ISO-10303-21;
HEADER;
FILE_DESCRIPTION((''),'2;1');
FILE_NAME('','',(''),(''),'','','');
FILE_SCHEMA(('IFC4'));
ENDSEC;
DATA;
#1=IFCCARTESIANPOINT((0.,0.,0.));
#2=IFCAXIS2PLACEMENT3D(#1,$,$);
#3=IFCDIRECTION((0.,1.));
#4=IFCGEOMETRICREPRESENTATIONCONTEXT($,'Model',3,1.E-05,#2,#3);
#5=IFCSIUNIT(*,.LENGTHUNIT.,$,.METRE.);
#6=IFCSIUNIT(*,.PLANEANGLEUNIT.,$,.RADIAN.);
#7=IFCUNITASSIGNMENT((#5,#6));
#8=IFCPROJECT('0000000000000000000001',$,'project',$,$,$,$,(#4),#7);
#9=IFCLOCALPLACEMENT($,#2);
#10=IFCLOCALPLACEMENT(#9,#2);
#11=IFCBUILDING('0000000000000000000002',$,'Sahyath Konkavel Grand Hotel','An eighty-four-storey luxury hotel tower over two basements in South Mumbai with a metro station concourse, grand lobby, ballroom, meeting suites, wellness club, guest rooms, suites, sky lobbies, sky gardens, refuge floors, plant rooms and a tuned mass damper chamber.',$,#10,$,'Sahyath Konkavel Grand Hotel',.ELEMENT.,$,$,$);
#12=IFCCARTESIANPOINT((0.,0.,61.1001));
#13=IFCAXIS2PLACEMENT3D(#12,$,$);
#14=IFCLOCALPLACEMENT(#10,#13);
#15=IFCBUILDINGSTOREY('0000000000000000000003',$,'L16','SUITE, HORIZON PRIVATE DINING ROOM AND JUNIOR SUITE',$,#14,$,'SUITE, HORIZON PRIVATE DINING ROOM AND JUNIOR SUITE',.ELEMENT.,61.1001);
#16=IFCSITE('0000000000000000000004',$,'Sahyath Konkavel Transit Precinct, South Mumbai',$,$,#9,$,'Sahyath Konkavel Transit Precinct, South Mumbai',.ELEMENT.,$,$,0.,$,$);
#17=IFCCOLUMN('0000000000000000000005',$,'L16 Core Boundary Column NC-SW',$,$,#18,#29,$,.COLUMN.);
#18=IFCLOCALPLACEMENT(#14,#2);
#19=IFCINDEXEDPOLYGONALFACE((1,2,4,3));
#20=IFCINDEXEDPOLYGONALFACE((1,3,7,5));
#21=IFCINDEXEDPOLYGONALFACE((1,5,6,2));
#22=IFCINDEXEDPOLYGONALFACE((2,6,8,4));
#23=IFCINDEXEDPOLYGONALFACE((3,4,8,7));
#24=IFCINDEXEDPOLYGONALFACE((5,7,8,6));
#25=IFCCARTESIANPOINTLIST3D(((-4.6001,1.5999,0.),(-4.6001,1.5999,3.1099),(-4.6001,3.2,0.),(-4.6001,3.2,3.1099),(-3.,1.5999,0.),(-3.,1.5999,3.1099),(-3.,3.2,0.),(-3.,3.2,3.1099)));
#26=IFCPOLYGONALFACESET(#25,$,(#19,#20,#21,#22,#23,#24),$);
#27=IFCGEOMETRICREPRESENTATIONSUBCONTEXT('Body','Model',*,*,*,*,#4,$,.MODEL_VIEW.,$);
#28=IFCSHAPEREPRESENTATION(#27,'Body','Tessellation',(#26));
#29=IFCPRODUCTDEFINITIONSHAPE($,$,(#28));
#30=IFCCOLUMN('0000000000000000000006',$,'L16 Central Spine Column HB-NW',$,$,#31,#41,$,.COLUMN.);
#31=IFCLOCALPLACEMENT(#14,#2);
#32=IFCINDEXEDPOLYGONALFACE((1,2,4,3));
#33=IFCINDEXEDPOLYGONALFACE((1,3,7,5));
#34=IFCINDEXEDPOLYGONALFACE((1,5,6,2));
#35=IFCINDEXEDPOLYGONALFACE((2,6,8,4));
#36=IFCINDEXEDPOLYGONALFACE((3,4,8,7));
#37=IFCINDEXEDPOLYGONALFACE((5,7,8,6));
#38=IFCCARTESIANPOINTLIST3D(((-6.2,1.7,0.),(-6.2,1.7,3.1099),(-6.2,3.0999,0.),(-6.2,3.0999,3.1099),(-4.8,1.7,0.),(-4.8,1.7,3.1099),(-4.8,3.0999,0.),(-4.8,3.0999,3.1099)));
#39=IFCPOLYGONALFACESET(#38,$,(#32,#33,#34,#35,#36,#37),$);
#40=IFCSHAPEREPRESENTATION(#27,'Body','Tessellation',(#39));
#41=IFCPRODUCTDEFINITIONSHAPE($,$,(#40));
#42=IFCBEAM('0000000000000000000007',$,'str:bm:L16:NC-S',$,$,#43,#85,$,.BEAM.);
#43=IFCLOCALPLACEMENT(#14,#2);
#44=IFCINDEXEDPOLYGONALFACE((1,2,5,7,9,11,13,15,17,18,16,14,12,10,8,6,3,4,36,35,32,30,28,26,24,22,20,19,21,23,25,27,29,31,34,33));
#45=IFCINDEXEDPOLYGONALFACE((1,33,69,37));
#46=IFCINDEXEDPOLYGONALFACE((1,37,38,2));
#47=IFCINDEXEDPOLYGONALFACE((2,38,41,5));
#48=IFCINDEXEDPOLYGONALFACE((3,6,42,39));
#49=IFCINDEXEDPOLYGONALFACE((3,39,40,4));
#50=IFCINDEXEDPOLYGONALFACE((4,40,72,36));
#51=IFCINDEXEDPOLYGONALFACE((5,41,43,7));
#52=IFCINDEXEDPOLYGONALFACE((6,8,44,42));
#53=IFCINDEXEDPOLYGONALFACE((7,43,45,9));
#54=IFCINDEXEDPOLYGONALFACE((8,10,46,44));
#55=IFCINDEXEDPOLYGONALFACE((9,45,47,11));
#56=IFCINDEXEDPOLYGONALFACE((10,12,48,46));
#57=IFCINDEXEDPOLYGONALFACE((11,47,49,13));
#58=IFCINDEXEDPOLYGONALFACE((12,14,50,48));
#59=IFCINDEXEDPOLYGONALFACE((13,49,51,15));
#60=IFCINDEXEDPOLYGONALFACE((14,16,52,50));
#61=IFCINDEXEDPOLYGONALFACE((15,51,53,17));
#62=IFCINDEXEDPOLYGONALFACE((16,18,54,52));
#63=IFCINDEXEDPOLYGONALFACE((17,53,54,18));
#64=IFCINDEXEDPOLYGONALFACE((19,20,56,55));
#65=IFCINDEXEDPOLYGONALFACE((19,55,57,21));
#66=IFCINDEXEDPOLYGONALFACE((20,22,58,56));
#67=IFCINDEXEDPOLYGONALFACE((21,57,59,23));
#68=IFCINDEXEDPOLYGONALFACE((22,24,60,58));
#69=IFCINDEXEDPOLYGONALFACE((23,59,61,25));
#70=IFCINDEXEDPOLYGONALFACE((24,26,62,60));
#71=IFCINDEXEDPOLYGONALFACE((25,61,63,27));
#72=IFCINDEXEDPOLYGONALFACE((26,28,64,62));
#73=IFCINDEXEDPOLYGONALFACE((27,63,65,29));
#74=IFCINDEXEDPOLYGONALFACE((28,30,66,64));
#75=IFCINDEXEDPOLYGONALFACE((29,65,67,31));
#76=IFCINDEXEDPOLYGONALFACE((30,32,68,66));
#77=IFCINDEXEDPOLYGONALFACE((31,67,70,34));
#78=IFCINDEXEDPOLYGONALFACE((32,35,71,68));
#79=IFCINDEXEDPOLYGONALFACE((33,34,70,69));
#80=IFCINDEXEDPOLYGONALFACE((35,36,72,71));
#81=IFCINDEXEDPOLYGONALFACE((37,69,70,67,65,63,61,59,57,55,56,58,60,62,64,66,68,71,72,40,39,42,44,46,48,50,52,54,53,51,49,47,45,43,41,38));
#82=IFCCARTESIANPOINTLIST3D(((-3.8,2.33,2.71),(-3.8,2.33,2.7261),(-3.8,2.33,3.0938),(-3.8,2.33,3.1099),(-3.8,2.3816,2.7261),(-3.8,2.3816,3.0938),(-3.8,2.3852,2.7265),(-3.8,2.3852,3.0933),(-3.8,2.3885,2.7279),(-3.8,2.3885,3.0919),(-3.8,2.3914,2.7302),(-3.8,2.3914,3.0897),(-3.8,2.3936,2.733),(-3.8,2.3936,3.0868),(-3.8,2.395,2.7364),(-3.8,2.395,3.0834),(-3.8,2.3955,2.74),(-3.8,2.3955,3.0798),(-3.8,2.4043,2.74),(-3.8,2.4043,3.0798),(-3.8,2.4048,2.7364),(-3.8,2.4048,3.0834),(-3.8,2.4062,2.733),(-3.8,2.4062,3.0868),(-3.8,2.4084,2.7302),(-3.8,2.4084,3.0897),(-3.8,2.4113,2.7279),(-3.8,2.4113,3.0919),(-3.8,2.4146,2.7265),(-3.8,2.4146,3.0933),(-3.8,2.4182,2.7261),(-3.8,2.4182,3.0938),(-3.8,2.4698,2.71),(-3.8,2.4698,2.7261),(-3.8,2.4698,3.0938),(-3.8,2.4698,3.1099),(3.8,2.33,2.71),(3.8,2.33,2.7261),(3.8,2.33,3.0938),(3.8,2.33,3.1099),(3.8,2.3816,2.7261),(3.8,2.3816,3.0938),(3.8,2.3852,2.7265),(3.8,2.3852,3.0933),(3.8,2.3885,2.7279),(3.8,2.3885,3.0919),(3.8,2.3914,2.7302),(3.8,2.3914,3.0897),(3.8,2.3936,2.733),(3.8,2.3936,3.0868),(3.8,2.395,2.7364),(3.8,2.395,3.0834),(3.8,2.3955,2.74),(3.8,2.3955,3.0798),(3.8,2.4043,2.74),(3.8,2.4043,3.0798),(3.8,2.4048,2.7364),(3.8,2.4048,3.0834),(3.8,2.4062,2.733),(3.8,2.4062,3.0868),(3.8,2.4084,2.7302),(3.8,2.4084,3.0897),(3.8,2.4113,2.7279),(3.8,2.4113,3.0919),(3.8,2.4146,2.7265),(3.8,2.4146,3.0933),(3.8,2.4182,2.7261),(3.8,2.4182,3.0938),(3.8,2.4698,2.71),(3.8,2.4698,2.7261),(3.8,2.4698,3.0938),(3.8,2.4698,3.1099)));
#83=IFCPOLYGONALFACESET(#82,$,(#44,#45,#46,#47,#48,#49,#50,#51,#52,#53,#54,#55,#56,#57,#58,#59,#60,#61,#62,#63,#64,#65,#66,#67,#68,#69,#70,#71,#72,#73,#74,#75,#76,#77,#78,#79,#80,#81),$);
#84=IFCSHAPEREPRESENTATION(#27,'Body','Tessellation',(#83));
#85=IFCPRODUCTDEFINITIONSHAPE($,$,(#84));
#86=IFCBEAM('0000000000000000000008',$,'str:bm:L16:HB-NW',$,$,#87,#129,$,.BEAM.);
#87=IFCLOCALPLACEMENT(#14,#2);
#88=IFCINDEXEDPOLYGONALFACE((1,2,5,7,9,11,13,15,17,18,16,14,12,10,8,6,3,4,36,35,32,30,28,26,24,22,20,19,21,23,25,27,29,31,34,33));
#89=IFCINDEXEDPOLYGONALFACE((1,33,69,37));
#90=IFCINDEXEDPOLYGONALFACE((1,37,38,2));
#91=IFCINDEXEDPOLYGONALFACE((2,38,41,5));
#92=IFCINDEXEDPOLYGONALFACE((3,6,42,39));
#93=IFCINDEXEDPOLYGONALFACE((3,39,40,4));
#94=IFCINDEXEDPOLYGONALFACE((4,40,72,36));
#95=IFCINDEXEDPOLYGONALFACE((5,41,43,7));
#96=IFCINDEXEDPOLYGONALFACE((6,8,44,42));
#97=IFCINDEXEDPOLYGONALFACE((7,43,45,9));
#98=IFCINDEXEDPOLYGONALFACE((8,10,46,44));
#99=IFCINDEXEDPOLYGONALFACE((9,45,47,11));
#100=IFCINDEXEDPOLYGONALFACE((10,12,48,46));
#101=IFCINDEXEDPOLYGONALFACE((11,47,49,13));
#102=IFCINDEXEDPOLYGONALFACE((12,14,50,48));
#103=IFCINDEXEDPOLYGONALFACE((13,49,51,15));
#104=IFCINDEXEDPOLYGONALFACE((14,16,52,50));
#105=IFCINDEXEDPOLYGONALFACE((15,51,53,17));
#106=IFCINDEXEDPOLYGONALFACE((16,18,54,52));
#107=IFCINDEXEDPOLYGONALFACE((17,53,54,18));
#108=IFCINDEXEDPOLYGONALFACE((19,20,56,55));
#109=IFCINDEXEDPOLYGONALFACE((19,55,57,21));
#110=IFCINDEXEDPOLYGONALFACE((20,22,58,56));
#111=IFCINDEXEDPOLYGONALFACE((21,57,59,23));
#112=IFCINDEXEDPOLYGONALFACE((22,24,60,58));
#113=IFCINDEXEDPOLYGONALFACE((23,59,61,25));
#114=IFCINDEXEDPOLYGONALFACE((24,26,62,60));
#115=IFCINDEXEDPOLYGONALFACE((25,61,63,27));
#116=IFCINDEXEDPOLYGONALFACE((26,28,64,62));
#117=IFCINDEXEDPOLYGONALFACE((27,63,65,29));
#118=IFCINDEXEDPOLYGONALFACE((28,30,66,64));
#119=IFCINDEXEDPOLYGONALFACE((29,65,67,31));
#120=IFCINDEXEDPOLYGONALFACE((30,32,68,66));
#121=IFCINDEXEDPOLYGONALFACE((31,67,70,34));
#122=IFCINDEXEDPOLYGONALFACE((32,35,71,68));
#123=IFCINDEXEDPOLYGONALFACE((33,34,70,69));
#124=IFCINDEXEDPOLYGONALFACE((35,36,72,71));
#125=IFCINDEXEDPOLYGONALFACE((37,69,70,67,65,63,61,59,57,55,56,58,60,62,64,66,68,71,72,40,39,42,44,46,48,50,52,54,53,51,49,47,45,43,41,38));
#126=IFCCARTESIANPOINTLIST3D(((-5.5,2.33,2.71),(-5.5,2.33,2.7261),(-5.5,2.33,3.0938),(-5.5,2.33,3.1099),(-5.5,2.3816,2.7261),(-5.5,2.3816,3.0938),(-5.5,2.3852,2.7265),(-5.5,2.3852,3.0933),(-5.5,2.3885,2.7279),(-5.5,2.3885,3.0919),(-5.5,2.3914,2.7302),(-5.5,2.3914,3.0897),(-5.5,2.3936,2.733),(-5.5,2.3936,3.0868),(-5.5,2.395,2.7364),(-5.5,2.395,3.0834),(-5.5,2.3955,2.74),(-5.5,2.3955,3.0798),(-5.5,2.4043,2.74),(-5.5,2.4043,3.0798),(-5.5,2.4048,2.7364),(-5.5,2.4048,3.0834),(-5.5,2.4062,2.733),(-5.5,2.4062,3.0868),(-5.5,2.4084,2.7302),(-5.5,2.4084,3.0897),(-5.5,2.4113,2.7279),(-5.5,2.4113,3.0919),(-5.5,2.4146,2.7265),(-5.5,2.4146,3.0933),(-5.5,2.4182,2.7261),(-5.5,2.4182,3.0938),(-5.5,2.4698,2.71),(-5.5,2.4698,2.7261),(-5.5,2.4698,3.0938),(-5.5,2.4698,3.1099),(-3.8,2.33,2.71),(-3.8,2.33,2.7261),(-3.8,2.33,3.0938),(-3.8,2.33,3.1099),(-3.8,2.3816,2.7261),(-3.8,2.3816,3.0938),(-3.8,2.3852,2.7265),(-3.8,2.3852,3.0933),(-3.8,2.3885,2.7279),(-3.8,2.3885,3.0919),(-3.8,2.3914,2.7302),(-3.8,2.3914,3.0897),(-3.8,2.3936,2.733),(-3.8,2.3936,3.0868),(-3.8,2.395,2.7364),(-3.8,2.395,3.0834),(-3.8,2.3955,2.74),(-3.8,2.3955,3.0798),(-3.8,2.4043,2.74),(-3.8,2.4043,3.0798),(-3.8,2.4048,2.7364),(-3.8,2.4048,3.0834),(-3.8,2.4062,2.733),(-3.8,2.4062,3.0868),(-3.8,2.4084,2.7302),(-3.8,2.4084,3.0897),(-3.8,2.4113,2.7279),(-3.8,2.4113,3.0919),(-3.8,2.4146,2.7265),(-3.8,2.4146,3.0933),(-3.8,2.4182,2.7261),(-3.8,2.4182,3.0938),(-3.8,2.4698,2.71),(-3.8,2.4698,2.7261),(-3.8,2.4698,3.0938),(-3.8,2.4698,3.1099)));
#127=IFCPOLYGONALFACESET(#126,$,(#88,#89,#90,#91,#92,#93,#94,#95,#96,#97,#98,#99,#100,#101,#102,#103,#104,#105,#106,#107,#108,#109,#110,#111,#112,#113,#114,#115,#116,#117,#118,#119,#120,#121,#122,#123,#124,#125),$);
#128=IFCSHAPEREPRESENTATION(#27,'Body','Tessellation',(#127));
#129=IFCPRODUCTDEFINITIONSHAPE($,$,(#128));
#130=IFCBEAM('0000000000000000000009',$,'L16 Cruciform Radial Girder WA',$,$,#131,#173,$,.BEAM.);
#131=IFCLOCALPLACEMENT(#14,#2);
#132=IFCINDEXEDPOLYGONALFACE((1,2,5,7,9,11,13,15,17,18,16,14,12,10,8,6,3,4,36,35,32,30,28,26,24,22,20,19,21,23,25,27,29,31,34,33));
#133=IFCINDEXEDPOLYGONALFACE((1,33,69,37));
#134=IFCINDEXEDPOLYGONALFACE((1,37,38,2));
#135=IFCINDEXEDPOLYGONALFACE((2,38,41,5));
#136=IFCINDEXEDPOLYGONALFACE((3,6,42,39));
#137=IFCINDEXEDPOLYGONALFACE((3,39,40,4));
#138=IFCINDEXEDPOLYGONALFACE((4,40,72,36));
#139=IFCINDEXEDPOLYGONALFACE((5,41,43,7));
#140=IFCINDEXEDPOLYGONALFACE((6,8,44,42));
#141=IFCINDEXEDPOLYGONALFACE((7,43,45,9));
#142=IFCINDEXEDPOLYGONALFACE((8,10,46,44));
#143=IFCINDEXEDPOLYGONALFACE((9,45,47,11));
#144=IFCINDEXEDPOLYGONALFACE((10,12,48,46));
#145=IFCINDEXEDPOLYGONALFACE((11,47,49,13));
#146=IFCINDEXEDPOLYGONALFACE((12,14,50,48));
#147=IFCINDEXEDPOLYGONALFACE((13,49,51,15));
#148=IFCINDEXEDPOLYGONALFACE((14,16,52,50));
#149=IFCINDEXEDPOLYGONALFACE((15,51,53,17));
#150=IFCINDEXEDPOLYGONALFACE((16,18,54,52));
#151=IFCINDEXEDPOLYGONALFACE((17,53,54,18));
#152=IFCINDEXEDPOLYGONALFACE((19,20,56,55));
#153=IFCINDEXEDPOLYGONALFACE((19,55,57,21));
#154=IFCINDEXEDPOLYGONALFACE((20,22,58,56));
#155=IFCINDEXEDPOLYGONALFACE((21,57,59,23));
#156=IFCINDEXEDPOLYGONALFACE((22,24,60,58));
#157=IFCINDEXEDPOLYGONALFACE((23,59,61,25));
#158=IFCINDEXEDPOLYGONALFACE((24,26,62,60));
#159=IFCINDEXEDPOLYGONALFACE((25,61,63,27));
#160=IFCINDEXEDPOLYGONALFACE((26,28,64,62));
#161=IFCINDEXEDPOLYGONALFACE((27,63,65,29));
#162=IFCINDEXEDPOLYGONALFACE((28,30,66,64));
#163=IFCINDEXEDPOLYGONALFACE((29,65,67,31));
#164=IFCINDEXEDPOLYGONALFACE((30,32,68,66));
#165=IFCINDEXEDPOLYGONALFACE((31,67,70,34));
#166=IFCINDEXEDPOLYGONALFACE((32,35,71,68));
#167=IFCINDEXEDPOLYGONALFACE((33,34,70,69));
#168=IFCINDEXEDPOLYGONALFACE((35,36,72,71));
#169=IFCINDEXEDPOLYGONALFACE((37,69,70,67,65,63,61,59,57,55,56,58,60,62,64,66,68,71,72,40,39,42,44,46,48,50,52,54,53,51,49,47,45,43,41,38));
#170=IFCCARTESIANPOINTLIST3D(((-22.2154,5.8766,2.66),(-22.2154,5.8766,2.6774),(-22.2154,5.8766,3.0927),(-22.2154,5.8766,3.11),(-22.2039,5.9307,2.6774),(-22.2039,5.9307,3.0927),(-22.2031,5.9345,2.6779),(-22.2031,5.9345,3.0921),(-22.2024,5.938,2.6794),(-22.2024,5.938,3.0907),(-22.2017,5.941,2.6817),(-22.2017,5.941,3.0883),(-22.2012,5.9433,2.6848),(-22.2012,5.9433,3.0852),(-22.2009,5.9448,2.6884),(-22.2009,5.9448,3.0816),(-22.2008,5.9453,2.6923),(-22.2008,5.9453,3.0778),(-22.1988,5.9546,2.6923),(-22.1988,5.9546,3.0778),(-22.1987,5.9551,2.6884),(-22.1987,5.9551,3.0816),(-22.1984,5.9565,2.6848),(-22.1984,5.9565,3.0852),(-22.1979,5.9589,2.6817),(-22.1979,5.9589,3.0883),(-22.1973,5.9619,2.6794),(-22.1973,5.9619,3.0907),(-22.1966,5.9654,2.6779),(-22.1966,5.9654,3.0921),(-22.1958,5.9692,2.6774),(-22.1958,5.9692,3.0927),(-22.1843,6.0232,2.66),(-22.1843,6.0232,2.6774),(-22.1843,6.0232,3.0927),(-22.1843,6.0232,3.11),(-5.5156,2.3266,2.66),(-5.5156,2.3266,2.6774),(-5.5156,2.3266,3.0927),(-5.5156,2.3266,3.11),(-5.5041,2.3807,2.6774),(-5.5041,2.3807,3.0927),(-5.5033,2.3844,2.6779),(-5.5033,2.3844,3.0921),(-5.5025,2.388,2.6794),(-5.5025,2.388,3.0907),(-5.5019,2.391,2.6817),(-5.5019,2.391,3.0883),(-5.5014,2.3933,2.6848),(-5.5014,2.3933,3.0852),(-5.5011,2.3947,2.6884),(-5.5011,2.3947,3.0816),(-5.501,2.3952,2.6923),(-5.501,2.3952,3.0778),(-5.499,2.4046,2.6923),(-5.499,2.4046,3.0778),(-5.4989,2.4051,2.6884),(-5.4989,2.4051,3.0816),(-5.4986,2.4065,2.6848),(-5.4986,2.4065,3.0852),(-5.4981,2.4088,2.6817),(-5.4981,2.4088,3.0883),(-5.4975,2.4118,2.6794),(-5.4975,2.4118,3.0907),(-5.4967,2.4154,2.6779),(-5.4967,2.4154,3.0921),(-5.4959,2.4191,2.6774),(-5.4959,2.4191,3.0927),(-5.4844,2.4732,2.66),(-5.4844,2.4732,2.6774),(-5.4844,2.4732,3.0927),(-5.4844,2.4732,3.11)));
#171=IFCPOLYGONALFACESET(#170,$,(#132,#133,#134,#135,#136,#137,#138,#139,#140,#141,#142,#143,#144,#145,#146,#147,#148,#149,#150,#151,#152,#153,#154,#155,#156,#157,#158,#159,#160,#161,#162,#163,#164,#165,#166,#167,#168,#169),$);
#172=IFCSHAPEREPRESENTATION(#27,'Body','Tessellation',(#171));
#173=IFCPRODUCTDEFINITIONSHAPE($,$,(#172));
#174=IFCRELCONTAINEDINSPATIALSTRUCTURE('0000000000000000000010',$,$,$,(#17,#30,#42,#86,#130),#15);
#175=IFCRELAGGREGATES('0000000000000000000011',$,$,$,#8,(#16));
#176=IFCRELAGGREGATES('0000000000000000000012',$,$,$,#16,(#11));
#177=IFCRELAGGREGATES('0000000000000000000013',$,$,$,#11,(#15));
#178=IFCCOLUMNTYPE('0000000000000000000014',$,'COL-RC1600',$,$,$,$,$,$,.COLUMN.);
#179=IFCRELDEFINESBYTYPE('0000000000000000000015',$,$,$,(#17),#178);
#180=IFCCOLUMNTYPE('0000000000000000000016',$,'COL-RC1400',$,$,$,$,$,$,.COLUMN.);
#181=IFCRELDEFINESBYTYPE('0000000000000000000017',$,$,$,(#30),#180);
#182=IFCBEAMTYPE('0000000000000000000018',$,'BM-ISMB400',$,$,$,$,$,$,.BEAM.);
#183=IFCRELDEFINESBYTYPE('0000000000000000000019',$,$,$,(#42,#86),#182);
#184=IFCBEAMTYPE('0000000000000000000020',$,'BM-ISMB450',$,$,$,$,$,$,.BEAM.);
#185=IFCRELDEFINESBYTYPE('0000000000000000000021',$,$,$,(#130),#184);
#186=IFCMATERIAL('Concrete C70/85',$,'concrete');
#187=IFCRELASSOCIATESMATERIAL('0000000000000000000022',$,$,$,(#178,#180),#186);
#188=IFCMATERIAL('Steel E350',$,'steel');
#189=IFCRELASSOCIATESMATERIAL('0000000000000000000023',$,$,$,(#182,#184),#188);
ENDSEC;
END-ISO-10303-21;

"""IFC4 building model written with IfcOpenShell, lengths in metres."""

from ifc_helpers import new_model, si_unit, direction, frame, origin, origin_2d, place, context, subcontext, project, spatial, rectangle, i_section, extrude, source, transform, mapped, material, material_profile, profile_set, type_object, element, save


model = new_model("IFC4")

# Units and contexts
model_context = context("Model", 3, precision=1e-05, world=origin(), true_north=direction((0.0, 1.0)))
body_context = subcontext(model_context, "Body", "Model", "MODEL_VIEW")
ifc_project = project(units=[si_unit("LENGTHUNIT", "METRE"), si_unit("PLANEANGLEUNIT", "RADIAN")], contexts=[model_context])

# Site, building, storey
site_placement = place(None, origin())
site = spatial("IfcSite", under=ifc_project, at=site_placement, Name="Sahyath Konkavel Transit Precinct, South Mumbai", LongName="Sahyath Konkavel Transit Precinct, South Mumbai", CompositionType="ELEMENT", RefElevation=0.0)
building_placement = place(site_placement, origin())
building = spatial("IfcBuilding", under=site, at=building_placement, Name="Sahyath Konkavel Grand Hotel", Description="An eighty-four-storey luxury hotel tower over two basements in South Mumbai with a metro station concourse, grand lobby, ballroom, meeting suites, wellness club, guest rooms, suites, sky lobbies, sky gardens, refuge floors, plant rooms and a tuned mass damper chamber.", LongName="Sahyath Konkavel Grand Hotel", CompositionType="ELEMENT")
storey_placement = place(building_placement, frame((0.0, 0.0, 61.1001)))
storey = spatial("IfcBuildingStorey", under=building, at=storey_placement, Name="L16", Description="SUITE, HORIZON PRIVATE DINING ROOM AND JUNIOR SUITE", LongName="SUITE, HORIZON PRIVATE DINING ROOM AND JUNIOR SUITE", CompositionType="ELEMENT", Elevation=61.1001)

# Columns
ifc_material_1 = material(Name="Concrete C70/85", Category="concrete")
ifc_material_profile_1 = material_profile(ifc_material_1, rectangle(XDim=1.6001, YDim=1.6001, at=origin_2d()), Name="RC 1600x1600")
ifc_profile_set_1 = profile_set([ifc_material_profile_1], Name="Concrete C70/85")
column_type_1 = type_object("IfcColumnType", Name="COL-RC1600", PredefinedType="COLUMN", material=ifc_profile_set_1)
shared_shape_1 = source(origin(), body_context, "Body", "SweptSolid", [
    extrude(rectangle(XDim=1.6001, YDim=1.6001, at=origin_2d()), origin(), (0.0, 0.0, 1.0), 3.1099),
])
column_1_placement = place(storey_placement, frame((-3.8, 2.3999, 0.0), z_axis=(0.0, 0.0, 1.0), x_axis=(1.0, 0.0, 0.0)))
element("IfcColumn", 1, at=column_1_placement, inside=storey, type_object=column_type_1, Name="L16 Core Boundary Column NC-SW", PredefinedType="COLUMN", context=body_context, shape_type="MappedRepresentation", body=[
    mapped(shared_shape_1, transform((0.0, 0.0, 0.0), scale=1.0)),
])
ifc_material_profile_2 = material_profile(ifc_material_1, rectangle(XDim=1.3999, YDim=1.3999, at=origin_2d()), Name="RC 1400x1400")
ifc_profile_set_2 = profile_set([ifc_material_profile_2], Name="Concrete C70/85")
column_type_2 = type_object("IfcColumnType", Name="COL-RC1400", PredefinedType="COLUMN", material=ifc_profile_set_2)
shared_shape_2 = source(origin(), body_context, "Body", "SweptSolid", [
    extrude(rectangle(XDim=1.3999, YDim=1.3999, at=origin_2d()), origin(), (0.0, 0.0, 1.0), 3.1099),
])
column_2_placement = place(storey_placement, frame((-5.5, 2.3999, 0.0), z_axis=(0.0, 0.0, 1.0), x_axis=(1.0, 0.0, 0.0)))
element("IfcColumn", 2, at=column_2_placement, inside=storey, type_object=column_type_2, Name="L16 Central Spine Column HB-NW", PredefinedType="COLUMN", context=body_context, shape_type="MappedRepresentation", body=[
    mapped(shared_shape_2, transform((0.0, 0.0, 0.0), scale=1.0)),
])

# Beams
ifc_material_2 = material(Name="Steel E350", Category="steel")
ifc_material_profile_3 = material_profile(ifc_material_2, i_section(OverallWidth=0.1399, OverallDepth=0.3999, WebThickness=0.0088, FlangeThickness=0.0161, FilletRadius=0.0139, at=origin_2d()), Name="ISMB 400")
ifc_profile_set_3 = profile_set([ifc_material_profile_3], Name="Steel E350")
beam_type_1 = type_object("IfcBeamType", Name="BM-ISMB400", PredefinedType="BEAM", material=ifc_profile_set_3)
shared_shape_3 = source(origin(), body_context, "Body", "SweptSolid", [
    extrude(i_section(OverallWidth=0.1399, OverallDepth=0.3999, WebThickness=0.0088, FlangeThickness=0.0161, FilletRadius=0.0139, at=origin_2d()), origin(), (0.0, 0.0, 1.0), 7.6001),
])
beam_1_placement = place(storey_placement, frame((-3.8, 2.3999, 2.9099), z_axis=(1.0, 0.0, 0.0), x_axis=(0.0, 1.0, 0.0)))
element("IfcBeam", 3, at=beam_1_placement, inside=storey, type_object=beam_type_1, Name="str:bm:L16:NC-S", PredefinedType="BEAM", context=body_context, shape_type="MappedRepresentation", body=[
    mapped(shared_shape_3, transform((0.0, 0.0, 0.0), scale=1.0)),
])
shared_shape_4 = source(origin(), body_context, "Body", "SweptSolid", [
    extrude(i_section(OverallWidth=0.1399, OverallDepth=0.3999, WebThickness=0.0088, FlangeThickness=0.0161, FilletRadius=0.0139, at=origin_2d()), origin(), (0.0, 0.0, 1.0), 1.7),
])
beam_2_placement = place(storey_placement, frame((-5.5, 2.3999, 2.9099), z_axis=(1.0, 0.0, 0.0), x_axis=(0.0, 1.0, 0.0)))
element("IfcBeam", 4, at=beam_2_placement, inside=storey, type_object=beam_type_1, Name="str:bm:L16:HB-NW", PredefinedType="BEAM", context=body_context, shape_type="MappedRepresentation", body=[
    mapped(shared_shape_4, transform((0.0, 0.0, 0.0), scale=1.0)),
])
ifc_material_profile_4 = material_profile(ifc_material_2, i_section(OverallWidth=0.1499, OverallDepth=0.45, WebThickness=0.0095, FlangeThickness=0.0173, FilletRadius=0.0149, at=origin_2d()), Name="ISMB 450")
ifc_profile_set_4 = profile_set([ifc_material_profile_4], Name="Steel E350")
beam_type_2 = type_object("IfcBeamType", Name="BM-ISMB450", PredefinedType="BEAM", material=ifc_profile_set_4)
shared_shape_5 = source(origin(), body_context, "Body", "SweptSolid", [
    extrude(i_section(OverallWidth=0.1499, OverallDepth=0.45, WebThickness=0.0095, FlangeThickness=0.0173, FilletRadius=0.0149, at=origin_2d()), origin(), (0.0, 0.0, 1.0), 17.073),
])
beam_3_placement = place(storey_placement, frame((-5.5, 2.3999, 2.885), z_axis=(-0.978143, 0.207932, 0.0), x_axis=(-0.207932, -0.978143, 0.0)))
element("IfcBeam", 5, at=beam_3_placement, inside=storey, type_object=beam_type_2, Name="L16 Cruciform Radial Girder WA", PredefinedType="BEAM", context=body_context, shape_type="MappedRepresentation", body=[
    mapped(shared_shape_5, transform((0.0, 0.0, 0.0), scale=1.0)),
])

save(model, "model.ifc")
